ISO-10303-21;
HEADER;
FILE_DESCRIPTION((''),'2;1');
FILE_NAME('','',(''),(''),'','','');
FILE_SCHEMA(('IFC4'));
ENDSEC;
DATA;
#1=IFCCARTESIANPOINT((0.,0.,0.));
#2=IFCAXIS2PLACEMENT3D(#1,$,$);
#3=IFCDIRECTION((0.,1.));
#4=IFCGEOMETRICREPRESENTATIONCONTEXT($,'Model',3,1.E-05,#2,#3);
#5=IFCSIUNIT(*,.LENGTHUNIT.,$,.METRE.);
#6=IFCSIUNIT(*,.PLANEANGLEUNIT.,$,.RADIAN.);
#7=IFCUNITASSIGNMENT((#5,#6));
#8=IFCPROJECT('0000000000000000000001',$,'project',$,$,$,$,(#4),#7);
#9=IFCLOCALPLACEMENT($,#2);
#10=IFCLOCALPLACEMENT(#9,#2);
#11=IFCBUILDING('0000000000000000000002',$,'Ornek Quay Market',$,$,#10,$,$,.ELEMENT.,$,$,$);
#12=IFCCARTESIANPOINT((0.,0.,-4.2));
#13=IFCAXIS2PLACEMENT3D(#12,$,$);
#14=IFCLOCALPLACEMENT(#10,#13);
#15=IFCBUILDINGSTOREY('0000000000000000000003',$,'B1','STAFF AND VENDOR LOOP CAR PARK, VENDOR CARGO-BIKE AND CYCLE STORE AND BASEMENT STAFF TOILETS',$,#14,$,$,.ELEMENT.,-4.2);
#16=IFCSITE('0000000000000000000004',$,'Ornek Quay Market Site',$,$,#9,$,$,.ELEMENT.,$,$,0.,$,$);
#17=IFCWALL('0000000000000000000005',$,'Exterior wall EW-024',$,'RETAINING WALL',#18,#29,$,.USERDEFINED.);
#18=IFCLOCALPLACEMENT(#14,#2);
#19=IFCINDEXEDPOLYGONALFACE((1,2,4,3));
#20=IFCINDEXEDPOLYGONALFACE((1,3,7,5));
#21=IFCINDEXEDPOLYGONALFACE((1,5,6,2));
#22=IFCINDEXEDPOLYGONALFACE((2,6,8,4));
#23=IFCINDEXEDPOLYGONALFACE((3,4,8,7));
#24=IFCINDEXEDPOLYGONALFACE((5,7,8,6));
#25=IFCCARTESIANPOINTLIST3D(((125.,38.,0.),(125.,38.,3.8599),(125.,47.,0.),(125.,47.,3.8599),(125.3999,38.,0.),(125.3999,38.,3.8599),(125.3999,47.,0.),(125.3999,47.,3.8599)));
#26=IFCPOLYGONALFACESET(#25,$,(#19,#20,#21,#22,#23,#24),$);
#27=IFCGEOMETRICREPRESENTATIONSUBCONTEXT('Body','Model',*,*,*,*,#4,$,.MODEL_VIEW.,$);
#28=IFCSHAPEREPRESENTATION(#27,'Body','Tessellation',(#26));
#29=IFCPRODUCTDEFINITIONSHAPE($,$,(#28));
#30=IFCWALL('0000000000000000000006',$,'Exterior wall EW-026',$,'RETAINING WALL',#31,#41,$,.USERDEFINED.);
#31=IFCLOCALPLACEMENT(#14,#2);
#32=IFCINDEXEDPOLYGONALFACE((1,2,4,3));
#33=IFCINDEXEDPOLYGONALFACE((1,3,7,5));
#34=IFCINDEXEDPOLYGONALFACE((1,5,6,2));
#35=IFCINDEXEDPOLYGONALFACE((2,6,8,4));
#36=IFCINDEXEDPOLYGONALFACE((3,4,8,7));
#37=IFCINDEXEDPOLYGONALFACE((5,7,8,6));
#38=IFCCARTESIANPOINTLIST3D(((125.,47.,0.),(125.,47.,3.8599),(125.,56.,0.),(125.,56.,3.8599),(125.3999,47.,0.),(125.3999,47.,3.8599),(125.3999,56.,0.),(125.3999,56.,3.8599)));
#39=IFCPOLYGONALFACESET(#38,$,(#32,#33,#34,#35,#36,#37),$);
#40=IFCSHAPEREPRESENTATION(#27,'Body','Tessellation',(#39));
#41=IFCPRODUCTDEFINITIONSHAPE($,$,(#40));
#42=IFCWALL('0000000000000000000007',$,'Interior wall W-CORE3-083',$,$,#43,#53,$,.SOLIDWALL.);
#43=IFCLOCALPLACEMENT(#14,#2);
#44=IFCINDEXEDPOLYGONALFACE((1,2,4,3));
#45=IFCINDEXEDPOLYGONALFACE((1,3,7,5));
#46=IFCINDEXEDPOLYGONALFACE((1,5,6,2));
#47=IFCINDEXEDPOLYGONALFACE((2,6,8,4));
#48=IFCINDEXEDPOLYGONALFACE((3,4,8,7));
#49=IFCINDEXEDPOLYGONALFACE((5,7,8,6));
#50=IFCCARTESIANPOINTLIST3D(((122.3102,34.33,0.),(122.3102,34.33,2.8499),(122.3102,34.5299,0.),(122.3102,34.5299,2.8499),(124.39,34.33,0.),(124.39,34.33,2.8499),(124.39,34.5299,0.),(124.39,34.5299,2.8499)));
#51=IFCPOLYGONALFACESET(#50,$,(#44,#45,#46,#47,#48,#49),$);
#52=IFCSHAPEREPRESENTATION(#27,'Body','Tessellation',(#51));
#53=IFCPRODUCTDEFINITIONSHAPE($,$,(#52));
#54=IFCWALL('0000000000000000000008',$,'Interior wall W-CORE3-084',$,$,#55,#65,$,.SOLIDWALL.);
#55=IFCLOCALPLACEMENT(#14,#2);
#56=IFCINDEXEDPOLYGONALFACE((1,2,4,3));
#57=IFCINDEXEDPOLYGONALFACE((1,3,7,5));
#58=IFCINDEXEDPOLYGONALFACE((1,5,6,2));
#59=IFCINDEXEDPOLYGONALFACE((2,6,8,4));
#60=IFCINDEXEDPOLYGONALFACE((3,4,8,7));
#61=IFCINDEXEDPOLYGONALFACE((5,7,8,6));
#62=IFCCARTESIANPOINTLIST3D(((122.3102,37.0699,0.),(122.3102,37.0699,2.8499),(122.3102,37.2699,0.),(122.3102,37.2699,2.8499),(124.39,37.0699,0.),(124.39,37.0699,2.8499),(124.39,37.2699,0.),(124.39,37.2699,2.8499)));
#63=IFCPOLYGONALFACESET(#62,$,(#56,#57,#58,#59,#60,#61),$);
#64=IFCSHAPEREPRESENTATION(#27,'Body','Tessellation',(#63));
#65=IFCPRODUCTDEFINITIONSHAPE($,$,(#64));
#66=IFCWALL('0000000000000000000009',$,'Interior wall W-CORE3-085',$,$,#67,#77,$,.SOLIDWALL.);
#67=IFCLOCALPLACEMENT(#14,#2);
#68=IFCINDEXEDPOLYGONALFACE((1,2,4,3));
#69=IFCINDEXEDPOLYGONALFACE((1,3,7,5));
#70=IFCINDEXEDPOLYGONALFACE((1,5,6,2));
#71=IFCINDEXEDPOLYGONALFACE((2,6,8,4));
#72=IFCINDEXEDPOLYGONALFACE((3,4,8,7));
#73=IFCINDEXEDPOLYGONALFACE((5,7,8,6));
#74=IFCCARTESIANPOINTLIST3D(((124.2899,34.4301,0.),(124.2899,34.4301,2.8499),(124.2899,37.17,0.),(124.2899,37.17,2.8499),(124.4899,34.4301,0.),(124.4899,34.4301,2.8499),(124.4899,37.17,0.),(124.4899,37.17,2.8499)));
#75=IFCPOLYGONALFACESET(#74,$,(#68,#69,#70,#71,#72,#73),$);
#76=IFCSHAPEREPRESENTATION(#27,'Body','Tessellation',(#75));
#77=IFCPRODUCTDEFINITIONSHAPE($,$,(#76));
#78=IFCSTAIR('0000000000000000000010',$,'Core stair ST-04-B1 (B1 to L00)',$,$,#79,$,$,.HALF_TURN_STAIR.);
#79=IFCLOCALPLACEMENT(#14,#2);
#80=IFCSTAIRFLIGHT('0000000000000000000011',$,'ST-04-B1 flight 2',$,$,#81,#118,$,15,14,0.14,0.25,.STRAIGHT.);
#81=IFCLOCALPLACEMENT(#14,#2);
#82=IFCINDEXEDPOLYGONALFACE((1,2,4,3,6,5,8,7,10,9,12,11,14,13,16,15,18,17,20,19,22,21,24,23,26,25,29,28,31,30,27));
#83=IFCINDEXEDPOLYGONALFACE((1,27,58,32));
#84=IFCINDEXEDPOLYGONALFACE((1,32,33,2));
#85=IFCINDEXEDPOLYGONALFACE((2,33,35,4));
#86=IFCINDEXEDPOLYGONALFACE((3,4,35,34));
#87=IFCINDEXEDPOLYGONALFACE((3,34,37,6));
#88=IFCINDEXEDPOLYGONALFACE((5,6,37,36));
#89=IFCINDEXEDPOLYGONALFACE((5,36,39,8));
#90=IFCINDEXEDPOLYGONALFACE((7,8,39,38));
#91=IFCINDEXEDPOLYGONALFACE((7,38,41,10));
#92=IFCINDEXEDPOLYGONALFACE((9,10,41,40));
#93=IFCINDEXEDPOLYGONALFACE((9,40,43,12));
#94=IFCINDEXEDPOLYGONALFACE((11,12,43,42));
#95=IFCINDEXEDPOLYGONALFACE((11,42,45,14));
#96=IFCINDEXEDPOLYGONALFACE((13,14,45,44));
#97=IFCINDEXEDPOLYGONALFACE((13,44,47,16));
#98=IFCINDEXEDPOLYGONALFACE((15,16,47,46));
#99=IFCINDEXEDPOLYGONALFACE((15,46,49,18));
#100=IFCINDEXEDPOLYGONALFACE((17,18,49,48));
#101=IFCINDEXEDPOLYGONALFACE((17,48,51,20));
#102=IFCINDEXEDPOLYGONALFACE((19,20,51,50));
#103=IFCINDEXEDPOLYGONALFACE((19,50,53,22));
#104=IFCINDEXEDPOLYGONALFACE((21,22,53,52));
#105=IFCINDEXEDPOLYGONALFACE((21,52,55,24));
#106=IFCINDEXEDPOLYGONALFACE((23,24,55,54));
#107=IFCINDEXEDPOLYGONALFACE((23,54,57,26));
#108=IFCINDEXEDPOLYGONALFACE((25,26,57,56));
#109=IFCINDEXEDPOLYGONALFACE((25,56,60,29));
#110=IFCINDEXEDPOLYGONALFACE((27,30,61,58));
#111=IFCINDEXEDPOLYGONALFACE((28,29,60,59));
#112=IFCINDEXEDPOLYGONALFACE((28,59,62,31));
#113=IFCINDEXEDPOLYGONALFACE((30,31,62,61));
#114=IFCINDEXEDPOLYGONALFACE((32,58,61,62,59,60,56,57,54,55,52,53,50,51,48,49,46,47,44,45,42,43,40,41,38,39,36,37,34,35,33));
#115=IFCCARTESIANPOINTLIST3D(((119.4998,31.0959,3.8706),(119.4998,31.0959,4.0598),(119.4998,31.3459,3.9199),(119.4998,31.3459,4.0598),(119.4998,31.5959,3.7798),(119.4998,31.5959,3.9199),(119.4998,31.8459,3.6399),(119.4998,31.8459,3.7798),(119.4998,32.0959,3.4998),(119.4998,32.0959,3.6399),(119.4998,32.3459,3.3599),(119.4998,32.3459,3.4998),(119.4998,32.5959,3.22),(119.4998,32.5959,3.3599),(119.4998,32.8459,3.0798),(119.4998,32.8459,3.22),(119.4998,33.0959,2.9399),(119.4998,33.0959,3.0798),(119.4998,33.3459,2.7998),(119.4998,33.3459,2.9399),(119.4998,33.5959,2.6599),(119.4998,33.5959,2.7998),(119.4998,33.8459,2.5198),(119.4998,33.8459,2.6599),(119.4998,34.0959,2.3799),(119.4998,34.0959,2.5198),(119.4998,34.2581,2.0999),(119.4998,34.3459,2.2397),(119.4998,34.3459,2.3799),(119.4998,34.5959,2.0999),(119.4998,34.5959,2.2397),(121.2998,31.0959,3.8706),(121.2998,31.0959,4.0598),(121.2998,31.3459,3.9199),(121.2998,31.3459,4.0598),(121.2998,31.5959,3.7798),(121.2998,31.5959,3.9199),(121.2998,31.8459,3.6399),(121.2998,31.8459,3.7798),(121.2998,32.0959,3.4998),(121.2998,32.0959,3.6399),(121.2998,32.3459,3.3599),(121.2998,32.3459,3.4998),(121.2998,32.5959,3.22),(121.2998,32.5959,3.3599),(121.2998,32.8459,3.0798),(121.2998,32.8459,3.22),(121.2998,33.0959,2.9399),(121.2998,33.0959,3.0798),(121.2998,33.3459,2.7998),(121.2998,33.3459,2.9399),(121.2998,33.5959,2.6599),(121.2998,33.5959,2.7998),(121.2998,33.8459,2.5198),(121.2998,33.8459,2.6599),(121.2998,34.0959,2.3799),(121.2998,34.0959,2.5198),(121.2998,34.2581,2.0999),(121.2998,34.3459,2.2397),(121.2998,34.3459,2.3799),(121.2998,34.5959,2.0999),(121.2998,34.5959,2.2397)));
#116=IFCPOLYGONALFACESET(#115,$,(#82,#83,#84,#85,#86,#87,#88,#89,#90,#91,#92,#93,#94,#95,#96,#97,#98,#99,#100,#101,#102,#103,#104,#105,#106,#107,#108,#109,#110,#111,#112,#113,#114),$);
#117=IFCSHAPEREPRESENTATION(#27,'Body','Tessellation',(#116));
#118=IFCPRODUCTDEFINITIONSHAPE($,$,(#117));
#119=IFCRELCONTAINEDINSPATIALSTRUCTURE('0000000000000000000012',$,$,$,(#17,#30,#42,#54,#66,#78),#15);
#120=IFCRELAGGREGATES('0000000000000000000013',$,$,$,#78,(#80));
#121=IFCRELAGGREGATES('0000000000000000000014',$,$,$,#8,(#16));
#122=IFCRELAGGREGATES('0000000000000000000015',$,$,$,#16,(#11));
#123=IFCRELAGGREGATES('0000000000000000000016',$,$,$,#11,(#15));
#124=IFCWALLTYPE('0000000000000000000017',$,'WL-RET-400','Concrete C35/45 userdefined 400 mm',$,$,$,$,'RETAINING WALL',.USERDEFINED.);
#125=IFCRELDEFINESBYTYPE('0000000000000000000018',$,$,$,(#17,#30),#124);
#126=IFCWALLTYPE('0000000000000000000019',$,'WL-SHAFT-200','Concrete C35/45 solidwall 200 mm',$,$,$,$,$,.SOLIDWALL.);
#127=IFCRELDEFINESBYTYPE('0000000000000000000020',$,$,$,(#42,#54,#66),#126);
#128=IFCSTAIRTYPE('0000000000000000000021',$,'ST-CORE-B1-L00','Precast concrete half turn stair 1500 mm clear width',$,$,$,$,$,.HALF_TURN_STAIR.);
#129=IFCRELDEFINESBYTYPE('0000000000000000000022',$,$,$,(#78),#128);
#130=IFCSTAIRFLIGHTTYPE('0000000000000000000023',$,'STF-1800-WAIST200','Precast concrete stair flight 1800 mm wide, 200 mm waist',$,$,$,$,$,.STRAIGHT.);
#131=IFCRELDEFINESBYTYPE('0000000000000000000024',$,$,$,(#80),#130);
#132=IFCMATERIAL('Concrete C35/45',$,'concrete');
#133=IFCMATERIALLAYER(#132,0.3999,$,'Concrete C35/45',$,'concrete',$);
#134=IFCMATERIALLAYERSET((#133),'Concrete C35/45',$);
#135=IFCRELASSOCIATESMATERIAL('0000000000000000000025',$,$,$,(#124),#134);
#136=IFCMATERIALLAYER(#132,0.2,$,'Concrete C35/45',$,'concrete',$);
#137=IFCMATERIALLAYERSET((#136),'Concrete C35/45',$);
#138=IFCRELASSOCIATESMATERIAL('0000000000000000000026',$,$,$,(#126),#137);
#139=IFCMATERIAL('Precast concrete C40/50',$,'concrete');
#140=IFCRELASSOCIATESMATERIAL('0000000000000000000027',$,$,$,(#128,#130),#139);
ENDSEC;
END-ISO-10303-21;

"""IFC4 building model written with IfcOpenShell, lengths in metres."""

from ifc_helpers import new_model, si_unit, direction, frame, frame_2d, origin, place, context, subcontext, project, spatial, polyline, rectangle, outline, extrude, material, layer, layer_set, type_object, element, aggregate, save


model = new_model("IFC4")

# Units and contexts
model_context = context("Model", 3, precision=1e-05, world=origin(), true_north=direction((0.0, 1.0)))
body_context = subcontext(model_context, "Body", "Model", "MODEL_VIEW")
ifc_project = project(units=[si_unit("LENGTHUNIT", "METRE"), si_unit("PLANEANGLEUNIT", "RADIAN")], contexts=[model_context])

# Site, building, storey
site_placement = place(None, origin())
site = spatial("IfcSite", under=ifc_project, at=site_placement, Name="Ornek Quay Market Site", CompositionType="ELEMENT", RefElevation=0.0)
building_placement = place(site_placement, origin())
building = spatial("IfcBuilding", under=site, at=building_placement, Name="Ornek Quay Market", CompositionType="ELEMENT")
storey_placement = place(building_placement, frame((0.0, 0.0, -4.2)))
storey = spatial("IfcBuildingStorey", under=building, at=storey_placement, Name="B1", Description="STAFF AND VENDOR LOOP CAR PARK, VENDOR CARGO-BIKE AND CYCLE STORE AND BASEMENT STAFF TOILETS", CompositionType="ELEMENT", Elevation=-4.2)

# Shared definitions
ifc_material_1 = material(Name="Concrete C35/45", Category="concrete")

# Walls
ifc_layer_1 = layer(ifc_material_1, 0.3999, Name="Concrete C35/45", Category="concrete")
ifc_layer_set_1 = layer_set([ifc_layer_1], Name="Concrete C35/45")
wall_type_1 = type_object("IfcWallType", Name="WL-RET-400", Description="Concrete C35/45 userdefined 400 mm", ElementType="RETAINING WALL", PredefinedType="USERDEFINED", material=ifc_layer_set_1)
for number, where, z_axis, x_axis, name in (
    (1, (125.2, 38.0, 0.0), (0.0, 0.0, 1.0), (0.0, 1.0, 0.0), "Exterior wall EW-024"),
    (2, (125.2, 47.0, 0.0), (0.0, 0.0, 1.0), (0.0, 1.0, 0.0), "Exterior wall EW-026"),
):
    element("IfcWall", number, at=place(storey_placement, frame(where, z_axis=z_axis, x_axis=x_axis)), inside=storey, type_object=wall_type_1, Name=name, ObjectType="RETAINING WALL", PredefinedType="USERDEFINED", context=body_context, shape_type="SweptSolid", body=[
        extrude(rectangle(XDim=9.0, YDim=0.3999, at=frame_2d((4.5, 0.0))), origin(), (0.0, 0.0, 1.0), 3.8599),
    ])
ifc_layer_2 = layer(ifc_material_1, 0.2, Name="Concrete C35/45", Category="concrete")
ifc_layer_set_2 = layer_set([ifc_layer_2], Name="Concrete C35/45")
wall_type_2 = type_object("IfcWallType", Name="WL-SHAFT-200", Description="Concrete C35/45 solidwall 200 mm", PredefinedType="SOLIDWALL", material=ifc_layer_set_2)
for number, where, z_axis, x_axis, name in (
    (3, (122.3101, 34.4299, 0.0), (0.0, 0.0, 1.0), (1.0, 0.0, 0.0), "Interior wall W-CORE3-083"),
    (4, (122.3101, 37.1699, 0.0), (0.0, 0.0, 1.0), (1.0, 0.0, 0.0), "Interior wall W-CORE3-084"),
):
    element("IfcWall", number, at=place(storey_placement, frame(where, z_axis=z_axis, x_axis=x_axis)), inside=storey, type_object=wall_type_2, Name=name, PredefinedType="SOLIDWALL", context=body_context, shape_type="SweptSolid", body=[
        extrude(rectangle(XDim=2.0798, YDim=0.2, at=frame_2d((1.04, 0.0))), origin(), (0.0, 0.0, 1.0), 2.8499),
    ])
wall_placement = place(storey_placement, frame((124.3899, 34.4299, 0.0), z_axis=(0.0, 0.0, 1.0), x_axis=(0.0, 1.0, 0.0)))
element("IfcWall", 5, at=wall_placement, inside=storey, type_object=wall_type_2, Name="Interior wall W-CORE3-085", PredefinedType="SOLIDWALL", context=body_context, shape_type="SweptSolid", body=[
    extrude(rectangle(XDim=2.74, YDim=0.2, at=frame_2d((1.3701, 0.0))), origin(), (0.0, 0.0, 1.0), 2.8499),
])

# Stair, stair flight
ifc_material_2 = material(Name="Precast concrete C40/50", Category="concrete")
stair_type = type_object("IfcStairType", Name="ST-CORE-B1-L00", Description="Precast concrete half turn stair 1500 mm clear width", PredefinedType="HALF_TURN_STAIR", material=ifc_material_2)
stair_placement = place(storey_placement, origin())
stair = element("IfcStair", 6, at=stair_placement, inside=storey, type_object=stair_type, Name="Core stair ST-04-B1 (B1 to L00)", PredefinedType="HALF_TURN_STAIR")
stair_flight_type = type_object("IfcStairFlightType", Name="STF-1800-WAIST200", Description="Precast concrete stair flight 1800 mm wide, 200 mm waist", PredefinedType="STRAIGHT", material=ifc_material_2)
stair_flight_placement = place(storey_placement, frame((120.3999, 34.5959, 2.0999), z_axis=(0.0, 0.0, 1.0), x_axis=(0.0, -1.0, 0.0)))
stair_flight = element("IfcStairFlight", 7, at=stair_flight_placement, type_object=stair_flight_type, Name="ST-04-B1 flight 2", NumberOfRisers=15, NumberOfTreads=14, PredefinedType="STRAIGHT", RiserHeight=0.14, TreadLength=0.25, context=body_context, shape_type="SweptSolid", body=[
    extrude(outline(polyline([(0.0, 0.0), (0.0, 0.1399), (0.25, 0.1399), (0.25, 0.28), (0.5, 0.28), (0.5, 0.4199), (0.75, 0.4199), (0.75, 0.5601), (1.0, 0.5601), (1.0, 0.7), (1.25, 0.7), (1.25, 0.8401), (1.5, 0.8401), (1.5, 0.98), (1.75, 0.98), (1.75, 1.1201), (2.0, 1.1201), (2.0, 1.26), (2.25, 1.26), (2.25, 1.3999), (2.5, 1.3999), (2.5, 1.54), (2.75, 1.54), (2.75, 1.6799), (3.0, 1.6799), (3.0, 1.8201), (3.25, 1.8201), (3.25, 1.96), (3.5, 1.96), (3.5, 2.1001), (3.5, 1.7708), (0.3379, 0.0), (0.0, 0.0)])), frame((0.0, 0.8999, 0.0), z_axis=(0.0, -1.0, 0.0), x_axis=(1.0, 0.0, 0.0)), (0.0, 0.0, 1.0), 1.8),
])
aggregate(stair, [stair_flight])

save(model, "model.ifc")
